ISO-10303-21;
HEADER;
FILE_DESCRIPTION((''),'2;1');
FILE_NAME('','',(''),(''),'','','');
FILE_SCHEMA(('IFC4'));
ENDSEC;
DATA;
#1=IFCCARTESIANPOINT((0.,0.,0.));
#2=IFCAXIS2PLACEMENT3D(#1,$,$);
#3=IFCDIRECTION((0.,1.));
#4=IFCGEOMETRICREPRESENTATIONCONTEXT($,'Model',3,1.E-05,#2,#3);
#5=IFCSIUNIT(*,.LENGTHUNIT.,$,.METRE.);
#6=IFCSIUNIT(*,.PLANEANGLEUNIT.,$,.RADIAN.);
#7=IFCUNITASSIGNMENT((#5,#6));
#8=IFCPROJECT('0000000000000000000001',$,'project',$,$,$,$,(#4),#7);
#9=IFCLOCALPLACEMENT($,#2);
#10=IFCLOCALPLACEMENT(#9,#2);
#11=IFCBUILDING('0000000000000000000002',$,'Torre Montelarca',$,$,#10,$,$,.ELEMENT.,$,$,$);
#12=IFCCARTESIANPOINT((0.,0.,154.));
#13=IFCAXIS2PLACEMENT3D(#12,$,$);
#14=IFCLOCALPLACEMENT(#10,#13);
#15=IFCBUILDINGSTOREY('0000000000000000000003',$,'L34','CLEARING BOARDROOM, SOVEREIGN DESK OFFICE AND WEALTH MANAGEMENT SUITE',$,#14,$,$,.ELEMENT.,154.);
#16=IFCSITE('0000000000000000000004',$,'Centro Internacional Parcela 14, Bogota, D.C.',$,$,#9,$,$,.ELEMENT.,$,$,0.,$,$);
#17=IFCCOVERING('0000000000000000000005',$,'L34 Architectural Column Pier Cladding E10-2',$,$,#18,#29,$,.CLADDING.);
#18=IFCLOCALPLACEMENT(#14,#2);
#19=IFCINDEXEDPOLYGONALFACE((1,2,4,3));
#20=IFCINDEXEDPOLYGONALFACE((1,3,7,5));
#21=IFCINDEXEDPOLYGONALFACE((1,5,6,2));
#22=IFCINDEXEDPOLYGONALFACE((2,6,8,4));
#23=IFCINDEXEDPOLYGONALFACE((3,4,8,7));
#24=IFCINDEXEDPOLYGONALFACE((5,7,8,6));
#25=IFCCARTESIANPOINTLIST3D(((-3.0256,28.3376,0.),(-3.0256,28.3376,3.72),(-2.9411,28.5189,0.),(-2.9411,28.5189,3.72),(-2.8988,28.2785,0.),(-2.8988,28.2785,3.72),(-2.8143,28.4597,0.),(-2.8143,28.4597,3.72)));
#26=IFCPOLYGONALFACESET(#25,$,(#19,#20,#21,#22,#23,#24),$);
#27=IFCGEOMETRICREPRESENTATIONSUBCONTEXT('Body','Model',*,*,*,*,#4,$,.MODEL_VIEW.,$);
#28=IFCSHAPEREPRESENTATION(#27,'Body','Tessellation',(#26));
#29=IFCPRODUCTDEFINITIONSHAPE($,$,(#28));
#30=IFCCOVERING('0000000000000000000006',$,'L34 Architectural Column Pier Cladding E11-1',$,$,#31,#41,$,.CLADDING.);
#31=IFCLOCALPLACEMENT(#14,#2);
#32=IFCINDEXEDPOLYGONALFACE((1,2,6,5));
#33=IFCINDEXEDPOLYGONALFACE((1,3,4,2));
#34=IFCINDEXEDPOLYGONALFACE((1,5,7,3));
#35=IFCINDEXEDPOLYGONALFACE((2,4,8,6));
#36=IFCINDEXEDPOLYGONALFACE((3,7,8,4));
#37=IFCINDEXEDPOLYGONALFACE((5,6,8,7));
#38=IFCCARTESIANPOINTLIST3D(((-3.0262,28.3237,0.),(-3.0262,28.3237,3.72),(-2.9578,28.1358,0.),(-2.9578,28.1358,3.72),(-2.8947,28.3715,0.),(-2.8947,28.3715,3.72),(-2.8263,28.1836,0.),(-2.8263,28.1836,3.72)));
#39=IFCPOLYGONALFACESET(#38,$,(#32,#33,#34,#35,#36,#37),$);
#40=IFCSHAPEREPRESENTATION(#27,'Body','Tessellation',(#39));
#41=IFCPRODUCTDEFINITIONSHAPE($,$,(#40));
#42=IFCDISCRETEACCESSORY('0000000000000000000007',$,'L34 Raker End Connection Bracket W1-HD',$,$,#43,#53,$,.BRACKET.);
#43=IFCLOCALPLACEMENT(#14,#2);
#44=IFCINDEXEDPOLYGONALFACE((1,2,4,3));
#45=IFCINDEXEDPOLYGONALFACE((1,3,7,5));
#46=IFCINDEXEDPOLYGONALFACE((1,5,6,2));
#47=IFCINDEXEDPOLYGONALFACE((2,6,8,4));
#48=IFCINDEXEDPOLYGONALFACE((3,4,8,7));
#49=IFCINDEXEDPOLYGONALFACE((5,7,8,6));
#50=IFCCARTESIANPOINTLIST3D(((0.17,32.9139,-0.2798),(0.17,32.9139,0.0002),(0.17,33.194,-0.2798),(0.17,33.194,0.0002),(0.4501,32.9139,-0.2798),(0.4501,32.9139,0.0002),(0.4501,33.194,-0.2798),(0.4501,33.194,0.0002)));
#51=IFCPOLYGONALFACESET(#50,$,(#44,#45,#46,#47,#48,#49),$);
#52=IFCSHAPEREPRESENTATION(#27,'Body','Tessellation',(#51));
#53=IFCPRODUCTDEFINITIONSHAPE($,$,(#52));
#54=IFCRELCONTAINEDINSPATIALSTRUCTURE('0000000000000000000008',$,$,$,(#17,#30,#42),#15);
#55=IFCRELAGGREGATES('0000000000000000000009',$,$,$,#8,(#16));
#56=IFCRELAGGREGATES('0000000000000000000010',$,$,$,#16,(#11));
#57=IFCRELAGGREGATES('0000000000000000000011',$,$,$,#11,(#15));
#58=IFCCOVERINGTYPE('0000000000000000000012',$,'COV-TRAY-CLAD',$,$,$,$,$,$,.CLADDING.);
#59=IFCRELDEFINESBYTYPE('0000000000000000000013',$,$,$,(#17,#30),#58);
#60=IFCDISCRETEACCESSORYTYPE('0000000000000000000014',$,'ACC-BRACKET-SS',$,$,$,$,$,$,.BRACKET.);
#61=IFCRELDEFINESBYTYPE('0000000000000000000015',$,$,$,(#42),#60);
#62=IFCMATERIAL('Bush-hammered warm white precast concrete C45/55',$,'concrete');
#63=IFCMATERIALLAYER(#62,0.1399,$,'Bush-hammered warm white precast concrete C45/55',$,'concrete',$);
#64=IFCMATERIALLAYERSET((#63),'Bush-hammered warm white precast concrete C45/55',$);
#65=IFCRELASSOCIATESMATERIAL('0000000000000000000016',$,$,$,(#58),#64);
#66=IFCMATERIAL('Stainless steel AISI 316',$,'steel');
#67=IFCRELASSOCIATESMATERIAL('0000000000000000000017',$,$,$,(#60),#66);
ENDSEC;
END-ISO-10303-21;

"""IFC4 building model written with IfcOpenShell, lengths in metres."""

from ifc_helpers import new_model, si_unit, direction, frame, origin, origin_2d, place, context, subcontext, project, spatial, rectangle, extrude, source, transform, mapped, material, layer, layer_set, type_object, element, save


model = new_model("IFC4")

# Units and contexts
model_context = context("Model", 3, precision=1e-05, world=origin(), true_north=direction((0.0, 1.0)))
body_context = subcontext(model_context, "Body", "Model", "MODEL_VIEW")
ifc_project = project(units=[si_unit("LENGTHUNIT", "METRE"), si_unit("PLANEANGLEUNIT", "RADIAN")], contexts=[model_context])

# Site, building, storey
site_placement = place(None, origin())
site = spatial("IfcSite", under=ifc_project, at=site_placement, Name="Centro Internacional Parcela 14, Bogota, D.C.", CompositionType="ELEMENT", RefElevation=0.0)
building_placement = place(site_placement, origin())
building = spatial("IfcBuilding", under=site, at=building_placement, Name="Torre Montelarca", CompositionType="ELEMENT")
storey_placement = place(building_placement, frame((0.0, 0.0, 154.0)))
storey = spatial("IfcBuildingStorey", under=building, at=storey_placement, Name="L34", Description="CLEARING BOARDROOM, SOVEREIGN DESK OFFICE AND WEALTH MANAGEMENT SUITE", CompositionType="ELEMENT", Elevation=154.0)

# Coverings
ifc_material_1 = material(Name="Bush-hammered warm white precast concrete C45/55", Category="concrete")
ifc_layer_1 = layer(ifc_material_1, 0.1399, Name="Bush-hammered warm white precast concrete C45/55", Category="concrete")
ifc_layer_set_1 = layer_set([ifc_layer_1], Name="Bush-hammered warm white precast concrete C45/55")
covering_type = type_object("IfcCoveringType", Name="COV-TRAY-CLAD", PredefinedType="CLADDING", material=ifc_layer_set_1)
shared_shape_1 = source(origin(), body_context, "Body", "SweptSolid", [
    extrude(rectangle(XDim=0.2, YDim=0.1399, at=origin_2d()), origin(), (0.0, 0.0, 1.0), 3.72),
])
for number, where, z_axis, x_axis, name in (
    (1, (-2.9199, 28.3987, 0.0), (0.0, 0.0, 1.0), (-0.422618, -0.906308, 0.0), "L34 Architectural Column Pier Cladding E10-2"),
    (2, (-2.9263, 28.2537, 0.0), (0.0, 0.0, 1.0), (0.342012, -0.939696, 0.0), "L34 Architectural Column Pier Cladding E11-1"),
):
    element("IfcCovering", number, at=place(storey_placement, frame(where, z_axis=z_axis, x_axis=x_axis)), inside=storey, type_object=covering_type, Name=name, PredefinedType="CLADDING", context=body_context, shape_type="MappedRepresentation", body=[
        mapped(shared_shape_1, transform((0.0, 0.0, 0.0), scale=1.0)),
    ])

# Discrete accessory
ifc_material_2 = material(Name="Stainless steel AISI 316", Category="steel")
discrete_accessory_type = type_object("IfcDiscreteAccessoryType", Name="ACC-BRACKET-SS", PredefinedType="BRACKET", material=ifc_material_2)
shared_shape_2 = source(origin(), body_context, "Body", "SweptSolid", [
    extrude(rectangle(XDim=0.28, YDim=0.28, at=origin_2d()), origin(), (0.0, 0.0, 1.0), 0.28),
])
discrete_accessory_placement = place(storey_placement, frame((0.3101, 33.054, -0.2798), z_axis=(0.0, 0.0, 1.0), x_axis=(1.0, 0.0, 0.0)))
element("IfcDiscreteAccessory", 3, at=discrete_accessory_placement, inside=storey, type_object=discrete_accessory_type, Name="L34 Raker End Connection Bracket W1-HD", PredefinedType="BRACKET", context=body_context, shape_type="MappedRepresentation", body=[
    mapped(shared_shape_2, transform((0.0, 0.0, 0.0), scale=1.0)),
])

save(model, "model.ifc")
